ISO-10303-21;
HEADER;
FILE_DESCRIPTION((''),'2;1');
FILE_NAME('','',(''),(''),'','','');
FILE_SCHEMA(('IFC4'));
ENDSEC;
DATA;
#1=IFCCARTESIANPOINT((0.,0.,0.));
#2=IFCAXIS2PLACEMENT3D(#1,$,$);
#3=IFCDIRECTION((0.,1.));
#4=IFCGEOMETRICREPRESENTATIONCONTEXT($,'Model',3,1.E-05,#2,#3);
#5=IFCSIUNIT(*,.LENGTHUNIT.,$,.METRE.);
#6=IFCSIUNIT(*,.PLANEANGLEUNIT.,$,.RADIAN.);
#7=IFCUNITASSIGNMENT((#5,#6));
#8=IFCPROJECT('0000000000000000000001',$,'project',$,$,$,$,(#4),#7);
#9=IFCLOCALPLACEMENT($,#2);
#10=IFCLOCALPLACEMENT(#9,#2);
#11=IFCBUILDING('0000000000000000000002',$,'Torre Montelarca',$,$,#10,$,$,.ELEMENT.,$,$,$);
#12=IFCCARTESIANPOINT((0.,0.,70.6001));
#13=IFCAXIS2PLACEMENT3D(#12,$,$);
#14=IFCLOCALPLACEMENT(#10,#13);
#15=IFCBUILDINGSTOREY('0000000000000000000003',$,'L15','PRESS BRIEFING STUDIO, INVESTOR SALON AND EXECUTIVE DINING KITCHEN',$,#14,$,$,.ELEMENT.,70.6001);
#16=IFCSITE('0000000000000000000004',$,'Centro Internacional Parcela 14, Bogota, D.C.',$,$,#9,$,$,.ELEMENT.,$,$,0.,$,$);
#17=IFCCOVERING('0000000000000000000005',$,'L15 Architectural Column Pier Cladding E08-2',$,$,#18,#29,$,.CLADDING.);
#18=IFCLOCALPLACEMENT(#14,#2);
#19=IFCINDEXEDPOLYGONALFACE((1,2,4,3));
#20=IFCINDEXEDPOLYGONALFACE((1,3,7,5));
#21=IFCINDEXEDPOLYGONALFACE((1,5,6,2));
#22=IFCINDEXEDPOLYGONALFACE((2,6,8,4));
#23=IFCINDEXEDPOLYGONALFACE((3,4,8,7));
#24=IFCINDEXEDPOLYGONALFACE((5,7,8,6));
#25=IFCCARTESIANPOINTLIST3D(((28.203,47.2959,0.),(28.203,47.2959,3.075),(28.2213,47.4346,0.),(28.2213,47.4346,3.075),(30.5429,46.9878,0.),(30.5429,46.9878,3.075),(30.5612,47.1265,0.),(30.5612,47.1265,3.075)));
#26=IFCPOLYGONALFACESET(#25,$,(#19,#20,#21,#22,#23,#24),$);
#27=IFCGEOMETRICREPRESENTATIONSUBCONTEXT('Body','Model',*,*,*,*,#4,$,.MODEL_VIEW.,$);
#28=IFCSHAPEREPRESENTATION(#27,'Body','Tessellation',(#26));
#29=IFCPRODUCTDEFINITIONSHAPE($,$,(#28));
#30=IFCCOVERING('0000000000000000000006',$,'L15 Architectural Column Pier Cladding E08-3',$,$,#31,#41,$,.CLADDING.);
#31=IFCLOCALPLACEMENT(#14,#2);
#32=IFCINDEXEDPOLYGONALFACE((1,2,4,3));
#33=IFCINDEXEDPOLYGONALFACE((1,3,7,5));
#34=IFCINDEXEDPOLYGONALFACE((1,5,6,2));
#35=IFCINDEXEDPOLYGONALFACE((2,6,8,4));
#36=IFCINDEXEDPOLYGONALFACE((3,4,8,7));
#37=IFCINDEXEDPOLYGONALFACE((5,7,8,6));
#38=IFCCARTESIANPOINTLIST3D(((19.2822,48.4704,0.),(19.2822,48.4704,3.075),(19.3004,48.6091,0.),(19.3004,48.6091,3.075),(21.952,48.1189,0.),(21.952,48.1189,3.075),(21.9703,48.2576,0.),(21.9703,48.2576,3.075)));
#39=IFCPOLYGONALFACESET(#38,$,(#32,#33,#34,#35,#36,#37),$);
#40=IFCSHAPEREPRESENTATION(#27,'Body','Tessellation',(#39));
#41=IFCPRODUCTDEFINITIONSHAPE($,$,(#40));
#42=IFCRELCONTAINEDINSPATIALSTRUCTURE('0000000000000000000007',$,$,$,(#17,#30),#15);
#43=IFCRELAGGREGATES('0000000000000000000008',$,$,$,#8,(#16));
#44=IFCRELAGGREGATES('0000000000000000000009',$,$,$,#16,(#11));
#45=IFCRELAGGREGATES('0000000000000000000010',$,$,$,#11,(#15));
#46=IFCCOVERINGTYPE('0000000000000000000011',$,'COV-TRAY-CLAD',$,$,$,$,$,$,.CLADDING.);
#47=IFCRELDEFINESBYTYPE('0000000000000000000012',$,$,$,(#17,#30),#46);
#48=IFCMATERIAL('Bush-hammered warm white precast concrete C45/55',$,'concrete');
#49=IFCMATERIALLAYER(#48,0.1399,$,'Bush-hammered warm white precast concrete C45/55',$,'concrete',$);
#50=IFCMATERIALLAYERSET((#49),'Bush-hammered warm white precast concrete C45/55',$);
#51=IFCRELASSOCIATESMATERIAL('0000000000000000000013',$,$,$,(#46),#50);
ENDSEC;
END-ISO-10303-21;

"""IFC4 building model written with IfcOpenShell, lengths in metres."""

from ifc_helpers import new_model, si_unit, direction, frame, origin, origin_2d, place, context, subcontext, project, spatial, rectangle, extrude, source, transform, mapped, material, layer, layer_set, type_object, element, save


model = new_model("IFC4")

# Units and contexts
model_context = context("Model", 3, precision=1e-05, world=origin(), true_north=direction((0.0, 1.0)))
body_context = subcontext(model_context, "Body", "Model", "MODEL_VIEW")
ifc_project = project(units=[si_unit("LENGTHUNIT", "METRE"), si_unit("PLANEANGLEUNIT", "RADIAN")], contexts=[model_context])

# Site, building, storey
site_placement = place(None, origin())
site = spatial("IfcSite", under=ifc_project, at=site_placement, Name="Centro Internacional Parcela 14, Bogota, D.C.", CompositionType="ELEMENT", RefElevation=0.0)
building_placement = place(site_placement, origin())
building = spatial("IfcBuilding", under=site, at=building_placement, Name="Torre Montelarca", CompositionType="ELEMENT")
storey_placement = place(building_placement, frame((0.0, 0.0, 70.6001)))
storey = spatial("IfcBuildingStorey", under=building, at=storey_placement, Name="L15", Description="PRESS BRIEFING STUDIO, INVESTOR SALON AND EXECUTIVE DINING KITCHEN", CompositionType="ELEMENT", Elevation=70.6001)

# Coverings
ifc_material_1 = material(Name="Bush-hammered warm white precast concrete C45/55", Category="concrete")
ifc_layer_1 = layer(ifc_material_1, 0.1399, Name="Bush-hammered warm white precast concrete C45/55", Category="concrete")
ifc_layer_set_1 = layer_set([ifc_layer_1], Name="Bush-hammered warm white precast concrete C45/55")
covering_type = type_object("IfcCoveringType", Name="COV-TRAY-CLAD", PredefinedType="CLADDING", material=ifc_layer_set_1)
shared_shape_1 = source(origin(), body_context, "Body", "SweptSolid", [
    extrude(rectangle(XDim=2.3601, YDim=0.1399, at=origin_2d()), origin(), (0.0, 0.0, 1.0), 3.075),
])
covering_1_placement = place(storey_placement, frame((29.3821, 47.2112, 0.0), z_axis=(0.0, 0.0, 1.0), x_axis=(-0.991445, 0.130526, 0.0)))
element("IfcCovering", 1, at=covering_1_placement, inside=storey, type_object=covering_type, Name="L15 Architectural Column Pier Cladding E08-2", PredefinedType="CLADDING", context=body_context, shape_type="MappedRepresentation", body=[
    mapped(shared_shape_1, transform((0.0, 0.0, 0.0), scale=1.0)),
])
shared_shape_2 = source(origin(), body_context, "Body", "SweptSolid", [
    extrude(rectangle(XDim=2.6929, YDim=0.1399, at=origin_2d()), origin(), (0.0, 0.0, 1.0), 3.075),
])
covering_2_placement = place(storey_placement, frame((20.6262, 48.364, 0.0), z_axis=(0.0, 0.0, 1.0), x_axis=(-0.991445, 0.130526, 0.0)))
element("IfcCovering", 2, at=covering_2_placement, inside=storey, type_object=covering_type, Name="L15 Architectural Column Pier Cladding E08-3", PredefinedType="CLADDING", context=body_context, shape_type="MappedRepresentation", body=[
    mapped(shared_shape_2, transform((0.0, 0.0, 0.0), scale=1.0)),
])

save(model, "model.ifc")
